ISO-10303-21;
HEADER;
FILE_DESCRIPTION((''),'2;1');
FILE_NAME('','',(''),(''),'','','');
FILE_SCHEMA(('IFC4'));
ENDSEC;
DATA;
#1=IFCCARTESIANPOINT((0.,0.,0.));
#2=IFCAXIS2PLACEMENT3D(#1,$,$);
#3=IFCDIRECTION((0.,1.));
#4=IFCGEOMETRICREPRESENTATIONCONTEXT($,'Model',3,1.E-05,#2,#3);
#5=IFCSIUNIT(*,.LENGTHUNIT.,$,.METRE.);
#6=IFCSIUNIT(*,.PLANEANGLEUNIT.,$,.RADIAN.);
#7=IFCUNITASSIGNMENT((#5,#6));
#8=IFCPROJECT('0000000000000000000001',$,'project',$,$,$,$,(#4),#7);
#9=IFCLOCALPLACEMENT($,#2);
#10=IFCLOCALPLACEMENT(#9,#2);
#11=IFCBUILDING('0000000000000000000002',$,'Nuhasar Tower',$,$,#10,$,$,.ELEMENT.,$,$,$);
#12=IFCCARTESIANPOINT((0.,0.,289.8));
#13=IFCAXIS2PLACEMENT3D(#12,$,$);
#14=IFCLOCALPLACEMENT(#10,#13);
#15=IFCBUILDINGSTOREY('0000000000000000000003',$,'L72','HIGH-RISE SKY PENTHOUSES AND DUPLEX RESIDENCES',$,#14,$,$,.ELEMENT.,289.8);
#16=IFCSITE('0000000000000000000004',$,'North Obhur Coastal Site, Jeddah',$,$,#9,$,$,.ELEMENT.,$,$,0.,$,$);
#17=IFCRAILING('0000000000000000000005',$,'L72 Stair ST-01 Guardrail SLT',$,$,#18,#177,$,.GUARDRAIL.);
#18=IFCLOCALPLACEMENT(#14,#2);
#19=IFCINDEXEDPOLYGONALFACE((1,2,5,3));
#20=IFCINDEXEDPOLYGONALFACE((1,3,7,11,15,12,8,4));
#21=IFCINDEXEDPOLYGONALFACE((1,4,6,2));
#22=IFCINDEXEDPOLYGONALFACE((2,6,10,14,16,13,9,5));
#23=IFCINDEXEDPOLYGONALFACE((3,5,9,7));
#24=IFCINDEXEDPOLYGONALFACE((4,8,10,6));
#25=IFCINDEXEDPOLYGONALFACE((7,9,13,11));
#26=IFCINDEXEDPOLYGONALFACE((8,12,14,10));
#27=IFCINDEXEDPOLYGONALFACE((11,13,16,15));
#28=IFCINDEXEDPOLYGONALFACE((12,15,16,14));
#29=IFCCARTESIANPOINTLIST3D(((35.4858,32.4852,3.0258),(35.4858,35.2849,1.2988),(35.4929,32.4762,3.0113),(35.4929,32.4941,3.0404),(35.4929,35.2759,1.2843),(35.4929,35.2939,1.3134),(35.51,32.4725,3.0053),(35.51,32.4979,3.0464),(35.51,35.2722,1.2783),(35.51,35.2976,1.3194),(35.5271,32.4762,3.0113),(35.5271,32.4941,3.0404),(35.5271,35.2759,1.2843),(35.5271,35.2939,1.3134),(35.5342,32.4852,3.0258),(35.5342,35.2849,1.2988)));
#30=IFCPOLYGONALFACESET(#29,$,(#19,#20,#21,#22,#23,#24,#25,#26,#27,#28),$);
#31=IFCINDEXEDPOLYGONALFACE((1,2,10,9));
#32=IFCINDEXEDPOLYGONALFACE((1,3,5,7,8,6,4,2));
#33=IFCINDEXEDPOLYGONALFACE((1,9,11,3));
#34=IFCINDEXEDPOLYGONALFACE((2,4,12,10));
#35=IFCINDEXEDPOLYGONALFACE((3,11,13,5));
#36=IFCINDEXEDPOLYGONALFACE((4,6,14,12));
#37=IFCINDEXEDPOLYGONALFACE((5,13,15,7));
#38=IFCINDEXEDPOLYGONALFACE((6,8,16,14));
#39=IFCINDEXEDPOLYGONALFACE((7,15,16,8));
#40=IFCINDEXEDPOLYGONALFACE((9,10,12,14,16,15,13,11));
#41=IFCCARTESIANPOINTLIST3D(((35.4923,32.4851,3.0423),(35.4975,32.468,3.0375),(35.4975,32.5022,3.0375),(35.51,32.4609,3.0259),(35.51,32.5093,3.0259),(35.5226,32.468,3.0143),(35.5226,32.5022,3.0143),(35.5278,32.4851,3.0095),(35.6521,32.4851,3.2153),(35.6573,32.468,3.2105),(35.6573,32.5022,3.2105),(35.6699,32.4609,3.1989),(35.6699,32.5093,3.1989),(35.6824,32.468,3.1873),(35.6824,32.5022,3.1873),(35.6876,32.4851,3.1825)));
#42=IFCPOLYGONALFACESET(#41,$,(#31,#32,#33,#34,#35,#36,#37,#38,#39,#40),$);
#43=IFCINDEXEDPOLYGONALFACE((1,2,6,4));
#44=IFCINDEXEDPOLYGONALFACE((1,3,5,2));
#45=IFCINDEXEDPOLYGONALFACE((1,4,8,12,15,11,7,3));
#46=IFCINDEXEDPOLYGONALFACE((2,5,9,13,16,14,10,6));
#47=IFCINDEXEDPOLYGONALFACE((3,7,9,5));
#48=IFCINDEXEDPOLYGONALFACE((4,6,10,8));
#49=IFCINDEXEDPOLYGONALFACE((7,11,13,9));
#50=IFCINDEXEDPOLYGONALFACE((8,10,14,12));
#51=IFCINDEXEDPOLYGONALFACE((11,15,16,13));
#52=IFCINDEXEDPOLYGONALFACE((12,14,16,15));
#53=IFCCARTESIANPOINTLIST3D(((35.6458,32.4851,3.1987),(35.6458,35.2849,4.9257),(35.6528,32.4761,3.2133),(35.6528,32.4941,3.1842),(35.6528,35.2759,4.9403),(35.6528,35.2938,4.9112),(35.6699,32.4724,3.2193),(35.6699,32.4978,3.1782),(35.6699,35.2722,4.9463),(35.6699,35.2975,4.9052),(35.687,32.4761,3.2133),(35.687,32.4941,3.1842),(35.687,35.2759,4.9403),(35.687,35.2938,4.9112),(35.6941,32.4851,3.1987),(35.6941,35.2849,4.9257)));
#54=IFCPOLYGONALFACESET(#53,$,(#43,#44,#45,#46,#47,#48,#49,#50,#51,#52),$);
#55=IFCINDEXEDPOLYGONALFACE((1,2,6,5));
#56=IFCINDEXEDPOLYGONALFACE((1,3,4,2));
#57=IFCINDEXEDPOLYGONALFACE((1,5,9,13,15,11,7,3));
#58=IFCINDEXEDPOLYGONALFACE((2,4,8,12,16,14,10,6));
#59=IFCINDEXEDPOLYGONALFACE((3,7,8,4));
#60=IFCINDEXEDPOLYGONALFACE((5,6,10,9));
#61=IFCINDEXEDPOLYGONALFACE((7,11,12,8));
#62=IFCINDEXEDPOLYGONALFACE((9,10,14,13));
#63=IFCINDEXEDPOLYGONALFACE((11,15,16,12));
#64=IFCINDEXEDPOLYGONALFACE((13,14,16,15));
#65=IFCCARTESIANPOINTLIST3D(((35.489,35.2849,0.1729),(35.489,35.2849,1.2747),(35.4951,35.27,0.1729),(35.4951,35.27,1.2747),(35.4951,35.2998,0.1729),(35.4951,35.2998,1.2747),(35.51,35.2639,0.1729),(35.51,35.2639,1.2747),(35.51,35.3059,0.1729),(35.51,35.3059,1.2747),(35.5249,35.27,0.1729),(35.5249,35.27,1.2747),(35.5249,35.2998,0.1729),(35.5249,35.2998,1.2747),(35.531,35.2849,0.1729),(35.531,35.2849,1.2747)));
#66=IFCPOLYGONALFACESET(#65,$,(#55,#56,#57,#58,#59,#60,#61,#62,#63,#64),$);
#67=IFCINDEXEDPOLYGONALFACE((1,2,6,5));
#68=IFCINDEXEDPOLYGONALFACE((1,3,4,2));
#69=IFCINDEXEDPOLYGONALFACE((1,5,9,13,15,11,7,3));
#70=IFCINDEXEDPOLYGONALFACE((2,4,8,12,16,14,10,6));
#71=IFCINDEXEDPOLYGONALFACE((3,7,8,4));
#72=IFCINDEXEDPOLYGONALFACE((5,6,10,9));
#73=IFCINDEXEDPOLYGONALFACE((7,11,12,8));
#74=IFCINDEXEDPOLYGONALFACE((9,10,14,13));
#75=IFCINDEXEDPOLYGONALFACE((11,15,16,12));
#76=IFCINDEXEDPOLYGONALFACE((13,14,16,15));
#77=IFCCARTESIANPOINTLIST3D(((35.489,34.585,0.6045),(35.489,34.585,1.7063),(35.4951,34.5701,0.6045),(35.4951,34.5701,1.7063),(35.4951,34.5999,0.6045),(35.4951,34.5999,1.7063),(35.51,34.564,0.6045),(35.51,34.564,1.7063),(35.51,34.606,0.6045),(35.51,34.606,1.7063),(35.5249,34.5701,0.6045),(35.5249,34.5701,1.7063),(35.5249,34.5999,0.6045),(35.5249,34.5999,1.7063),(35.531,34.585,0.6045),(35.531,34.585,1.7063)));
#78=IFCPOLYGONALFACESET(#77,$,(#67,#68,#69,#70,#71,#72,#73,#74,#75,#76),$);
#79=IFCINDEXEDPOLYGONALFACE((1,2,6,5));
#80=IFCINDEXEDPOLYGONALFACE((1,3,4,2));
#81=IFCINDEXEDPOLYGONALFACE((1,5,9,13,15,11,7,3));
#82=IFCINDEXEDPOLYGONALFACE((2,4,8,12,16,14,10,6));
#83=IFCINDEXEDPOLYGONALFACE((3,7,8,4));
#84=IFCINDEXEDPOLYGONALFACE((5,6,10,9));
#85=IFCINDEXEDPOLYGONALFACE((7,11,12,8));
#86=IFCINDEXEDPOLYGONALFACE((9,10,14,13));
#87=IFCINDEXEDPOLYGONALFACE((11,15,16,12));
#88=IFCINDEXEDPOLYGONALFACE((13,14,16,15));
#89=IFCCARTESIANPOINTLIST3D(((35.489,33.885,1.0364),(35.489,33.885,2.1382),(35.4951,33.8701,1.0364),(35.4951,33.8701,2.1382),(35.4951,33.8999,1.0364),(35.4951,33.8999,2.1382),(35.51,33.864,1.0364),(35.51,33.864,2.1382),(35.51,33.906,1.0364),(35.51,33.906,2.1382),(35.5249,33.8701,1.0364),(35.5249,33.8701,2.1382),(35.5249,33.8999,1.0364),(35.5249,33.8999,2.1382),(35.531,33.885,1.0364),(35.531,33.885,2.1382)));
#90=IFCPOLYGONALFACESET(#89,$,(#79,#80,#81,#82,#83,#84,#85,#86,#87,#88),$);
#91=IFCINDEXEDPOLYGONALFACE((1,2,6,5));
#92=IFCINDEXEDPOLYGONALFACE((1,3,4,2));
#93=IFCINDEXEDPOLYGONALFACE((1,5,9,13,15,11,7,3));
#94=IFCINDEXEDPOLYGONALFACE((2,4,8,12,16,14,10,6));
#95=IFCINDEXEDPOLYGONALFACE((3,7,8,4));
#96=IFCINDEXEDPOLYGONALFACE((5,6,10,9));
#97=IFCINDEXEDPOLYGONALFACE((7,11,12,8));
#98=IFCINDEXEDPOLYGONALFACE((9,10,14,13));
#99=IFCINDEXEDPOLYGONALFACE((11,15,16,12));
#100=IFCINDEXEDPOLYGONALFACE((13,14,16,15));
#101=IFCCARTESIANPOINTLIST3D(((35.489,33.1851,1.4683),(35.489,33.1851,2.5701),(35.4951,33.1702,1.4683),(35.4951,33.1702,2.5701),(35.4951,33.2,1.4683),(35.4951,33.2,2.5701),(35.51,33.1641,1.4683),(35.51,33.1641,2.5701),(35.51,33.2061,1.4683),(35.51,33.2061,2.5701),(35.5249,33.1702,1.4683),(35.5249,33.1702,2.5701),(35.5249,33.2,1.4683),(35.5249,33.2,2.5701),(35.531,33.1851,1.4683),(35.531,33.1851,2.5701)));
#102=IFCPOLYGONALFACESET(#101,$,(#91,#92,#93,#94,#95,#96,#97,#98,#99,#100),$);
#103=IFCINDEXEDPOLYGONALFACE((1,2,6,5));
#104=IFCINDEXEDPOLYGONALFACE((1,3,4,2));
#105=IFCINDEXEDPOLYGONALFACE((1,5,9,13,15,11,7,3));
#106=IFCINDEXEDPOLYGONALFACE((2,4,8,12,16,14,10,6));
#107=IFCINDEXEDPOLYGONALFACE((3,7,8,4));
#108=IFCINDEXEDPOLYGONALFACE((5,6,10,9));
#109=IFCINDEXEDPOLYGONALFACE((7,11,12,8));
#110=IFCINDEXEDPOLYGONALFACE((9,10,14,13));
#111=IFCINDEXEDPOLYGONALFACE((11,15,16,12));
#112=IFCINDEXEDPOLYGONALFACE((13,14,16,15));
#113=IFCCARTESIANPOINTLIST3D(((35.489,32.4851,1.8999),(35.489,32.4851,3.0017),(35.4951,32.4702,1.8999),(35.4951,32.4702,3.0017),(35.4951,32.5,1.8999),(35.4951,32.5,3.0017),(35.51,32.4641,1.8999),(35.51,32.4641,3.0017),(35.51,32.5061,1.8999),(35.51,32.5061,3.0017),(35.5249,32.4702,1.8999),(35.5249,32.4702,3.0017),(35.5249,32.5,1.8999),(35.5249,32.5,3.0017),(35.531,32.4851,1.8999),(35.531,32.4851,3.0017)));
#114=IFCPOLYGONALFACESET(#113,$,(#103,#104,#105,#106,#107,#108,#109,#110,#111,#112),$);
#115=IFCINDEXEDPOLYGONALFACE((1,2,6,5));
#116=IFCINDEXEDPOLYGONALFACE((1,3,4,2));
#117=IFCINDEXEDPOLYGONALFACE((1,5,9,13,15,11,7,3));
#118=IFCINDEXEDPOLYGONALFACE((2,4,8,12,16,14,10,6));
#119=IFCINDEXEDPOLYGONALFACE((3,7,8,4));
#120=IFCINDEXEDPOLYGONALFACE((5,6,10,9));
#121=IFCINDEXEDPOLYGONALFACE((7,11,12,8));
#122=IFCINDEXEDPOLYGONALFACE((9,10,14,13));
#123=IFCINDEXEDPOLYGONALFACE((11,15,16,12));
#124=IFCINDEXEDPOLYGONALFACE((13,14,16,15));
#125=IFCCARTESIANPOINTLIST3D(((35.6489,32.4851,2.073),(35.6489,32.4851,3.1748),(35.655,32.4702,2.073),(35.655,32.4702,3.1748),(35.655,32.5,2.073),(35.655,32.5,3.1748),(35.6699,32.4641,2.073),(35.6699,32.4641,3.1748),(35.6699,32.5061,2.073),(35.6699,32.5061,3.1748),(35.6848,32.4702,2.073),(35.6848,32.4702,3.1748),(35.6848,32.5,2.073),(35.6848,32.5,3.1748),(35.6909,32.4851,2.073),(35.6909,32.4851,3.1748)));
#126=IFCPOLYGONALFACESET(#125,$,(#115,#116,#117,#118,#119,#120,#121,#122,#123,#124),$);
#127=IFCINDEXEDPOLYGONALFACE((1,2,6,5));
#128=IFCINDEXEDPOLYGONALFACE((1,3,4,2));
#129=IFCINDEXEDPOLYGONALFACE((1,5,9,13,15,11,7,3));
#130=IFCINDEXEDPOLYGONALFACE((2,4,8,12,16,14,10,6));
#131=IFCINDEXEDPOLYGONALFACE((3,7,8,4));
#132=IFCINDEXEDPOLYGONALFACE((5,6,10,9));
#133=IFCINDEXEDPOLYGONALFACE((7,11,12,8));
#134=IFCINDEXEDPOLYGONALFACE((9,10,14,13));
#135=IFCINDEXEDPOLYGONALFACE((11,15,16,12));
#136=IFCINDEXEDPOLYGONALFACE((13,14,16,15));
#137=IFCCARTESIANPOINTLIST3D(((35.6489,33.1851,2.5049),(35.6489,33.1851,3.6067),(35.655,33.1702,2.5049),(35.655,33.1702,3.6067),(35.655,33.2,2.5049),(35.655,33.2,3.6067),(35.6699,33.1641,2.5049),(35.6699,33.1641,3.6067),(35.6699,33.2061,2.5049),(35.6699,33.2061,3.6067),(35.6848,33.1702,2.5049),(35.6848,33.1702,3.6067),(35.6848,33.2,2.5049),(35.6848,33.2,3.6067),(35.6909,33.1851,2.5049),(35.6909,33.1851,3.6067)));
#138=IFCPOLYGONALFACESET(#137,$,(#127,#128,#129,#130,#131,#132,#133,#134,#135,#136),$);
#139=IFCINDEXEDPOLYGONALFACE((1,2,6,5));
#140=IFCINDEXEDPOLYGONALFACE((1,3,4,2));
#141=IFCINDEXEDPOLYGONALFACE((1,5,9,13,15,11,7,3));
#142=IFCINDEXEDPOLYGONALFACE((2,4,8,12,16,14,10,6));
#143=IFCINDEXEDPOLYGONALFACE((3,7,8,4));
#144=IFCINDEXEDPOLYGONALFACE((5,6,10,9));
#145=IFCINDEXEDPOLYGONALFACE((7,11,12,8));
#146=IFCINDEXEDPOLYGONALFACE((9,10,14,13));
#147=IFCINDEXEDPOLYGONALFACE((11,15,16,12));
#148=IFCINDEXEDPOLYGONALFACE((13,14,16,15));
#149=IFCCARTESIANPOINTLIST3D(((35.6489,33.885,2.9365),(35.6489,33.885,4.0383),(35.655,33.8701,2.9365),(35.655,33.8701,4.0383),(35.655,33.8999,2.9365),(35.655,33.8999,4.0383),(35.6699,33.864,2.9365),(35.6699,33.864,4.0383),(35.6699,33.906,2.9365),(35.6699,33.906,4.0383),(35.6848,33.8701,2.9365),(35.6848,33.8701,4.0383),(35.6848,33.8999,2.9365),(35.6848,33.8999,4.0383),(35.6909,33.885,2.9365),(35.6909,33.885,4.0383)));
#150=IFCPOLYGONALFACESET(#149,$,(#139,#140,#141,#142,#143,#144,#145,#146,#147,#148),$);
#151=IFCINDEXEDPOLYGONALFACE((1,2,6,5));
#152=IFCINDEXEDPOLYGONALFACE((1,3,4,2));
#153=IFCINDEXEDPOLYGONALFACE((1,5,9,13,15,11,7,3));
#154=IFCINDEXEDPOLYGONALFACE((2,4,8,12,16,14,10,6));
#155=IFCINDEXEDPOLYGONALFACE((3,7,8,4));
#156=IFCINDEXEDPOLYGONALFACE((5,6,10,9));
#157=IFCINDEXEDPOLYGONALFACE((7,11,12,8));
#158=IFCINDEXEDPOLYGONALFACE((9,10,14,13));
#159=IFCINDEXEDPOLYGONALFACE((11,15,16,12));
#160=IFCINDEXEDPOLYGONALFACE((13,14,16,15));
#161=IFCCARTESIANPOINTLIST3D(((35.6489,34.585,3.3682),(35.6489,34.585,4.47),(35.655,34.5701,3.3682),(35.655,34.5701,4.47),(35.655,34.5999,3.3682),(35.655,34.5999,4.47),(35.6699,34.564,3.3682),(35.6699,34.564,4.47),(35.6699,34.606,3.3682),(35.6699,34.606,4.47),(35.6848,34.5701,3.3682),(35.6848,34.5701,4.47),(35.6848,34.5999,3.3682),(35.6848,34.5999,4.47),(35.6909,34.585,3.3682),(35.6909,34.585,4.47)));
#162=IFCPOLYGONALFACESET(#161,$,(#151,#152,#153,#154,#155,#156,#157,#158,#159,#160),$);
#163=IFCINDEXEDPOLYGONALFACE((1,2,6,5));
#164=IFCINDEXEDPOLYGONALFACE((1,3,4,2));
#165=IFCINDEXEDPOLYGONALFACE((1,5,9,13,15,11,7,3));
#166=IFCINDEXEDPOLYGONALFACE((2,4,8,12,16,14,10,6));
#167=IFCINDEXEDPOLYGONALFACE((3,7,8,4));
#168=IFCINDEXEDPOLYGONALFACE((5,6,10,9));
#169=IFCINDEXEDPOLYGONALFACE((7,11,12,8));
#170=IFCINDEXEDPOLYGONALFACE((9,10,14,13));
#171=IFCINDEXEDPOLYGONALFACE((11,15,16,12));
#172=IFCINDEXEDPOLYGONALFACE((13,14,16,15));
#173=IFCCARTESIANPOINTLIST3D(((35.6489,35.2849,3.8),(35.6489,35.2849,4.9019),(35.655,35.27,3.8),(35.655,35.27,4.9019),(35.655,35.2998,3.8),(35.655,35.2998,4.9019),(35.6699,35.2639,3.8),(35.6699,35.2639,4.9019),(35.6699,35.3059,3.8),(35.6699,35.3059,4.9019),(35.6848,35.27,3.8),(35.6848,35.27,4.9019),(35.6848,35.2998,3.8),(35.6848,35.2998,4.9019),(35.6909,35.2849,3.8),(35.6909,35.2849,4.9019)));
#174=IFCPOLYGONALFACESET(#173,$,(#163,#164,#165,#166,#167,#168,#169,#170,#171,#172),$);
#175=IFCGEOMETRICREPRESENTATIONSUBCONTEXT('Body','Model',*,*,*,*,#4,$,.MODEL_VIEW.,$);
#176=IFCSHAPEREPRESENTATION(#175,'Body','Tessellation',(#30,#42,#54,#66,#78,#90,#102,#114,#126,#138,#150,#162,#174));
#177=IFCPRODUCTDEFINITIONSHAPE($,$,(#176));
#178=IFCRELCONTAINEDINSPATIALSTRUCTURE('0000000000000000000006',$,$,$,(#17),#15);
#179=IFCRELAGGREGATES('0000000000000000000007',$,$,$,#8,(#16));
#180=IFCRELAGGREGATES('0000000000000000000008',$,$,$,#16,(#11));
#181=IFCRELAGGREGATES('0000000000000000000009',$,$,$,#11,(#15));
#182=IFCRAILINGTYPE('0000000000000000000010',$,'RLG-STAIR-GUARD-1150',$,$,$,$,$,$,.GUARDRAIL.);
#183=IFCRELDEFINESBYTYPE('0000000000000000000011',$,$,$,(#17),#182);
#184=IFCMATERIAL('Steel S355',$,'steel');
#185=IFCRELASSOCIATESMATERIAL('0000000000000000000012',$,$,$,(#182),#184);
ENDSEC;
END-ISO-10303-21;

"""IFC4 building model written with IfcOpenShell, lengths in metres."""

from ifc_helpers import new_model, si_unit, direction, frame, origin, place, context, subcontext, project, spatial, polyline, outline, extrude, material, type_object, element, save


model = new_model("IFC4")

# Units and contexts
model_context = context("Model", 3, precision=1e-05, world=origin(), true_north=direction((0.0, 1.0)))
body_context = subcontext(model_context, "Body", "Model", "MODEL_VIEW")
ifc_project = project(units=[si_unit("LENGTHUNIT", "METRE"), si_unit("PLANEANGLEUNIT", "RADIAN")], contexts=[model_context])

# Site, building, storey
site_placement = place(None, origin())
site = spatial("IfcSite", under=ifc_project, at=site_placement, Name="North Obhur Coastal Site, Jeddah", CompositionType="ELEMENT", RefElevation=0.0)
building_placement = place(site_placement, origin())
building = spatial("IfcBuilding", under=site, at=building_placement, Name="Nuhasar Tower", CompositionType="ELEMENT")
storey_placement = place(building_placement, frame((0.0, 0.0, 289.8)))
storey = spatial("IfcBuildingStorey", under=building, at=storey_placement, Name="L72", Description="HIGH-RISE SKY PENTHOUSES AND DUPLEX RESIDENCES", CompositionType="ELEMENT", Elevation=289.8)

# Shared definitions
ifc_material_1 = material(Name="Steel S355", Category="steel")

# Railing
railing_type_1 = type_object("IfcRailingType", Name="RLG-STAIR-GUARD-1150", PredefinedType="GUARDRAIL", material=ifc_material_1)
railing_1_placement = place(storey_placement, frame((35.51, 35.2849, 0.1729)))
element("IfcRailing", 1, at=railing_1_placement, inside=storey, type_object=railing_type_1, Name="L72 Stair ST-01 Guardrail SLT", PredefinedType="GUARDRAIL", context=body_context, shape_type="SweptSolid", body=[
    extrude(outline(polyline([(0.0242, 0.0), (0.0171, 0.0171), (0.0, 0.0242), (-0.0171, 0.0171), (-0.0242, 0.0), (-0.0171, -0.0171), (0.0, -0.0242), (0.0171, -0.0171), (0.0242, 0.0)])), frame((0.0, 0.0, 1.126), z_axis=(0.0, -0.851102, 0.525), x_axis=(1.0, 0.0, 0.0)), (0.0, 0.0, 1.0), 3.2896),
    extrude(outline(polyline([(0.0242, 0.0), (0.0171, 0.0171), (0.0, 0.0242), (-0.0171, 0.0171), (-0.0242, 0.0), (-0.0171, -0.0171), (0.0, -0.0242), (0.0171, -0.0171), (0.0242, 0.0)])), frame((0.0, -2.7998, 2.853), z_axis=(0.678581, 0.0, 0.734525), x_axis=(0.0, 1.0, 0.0)), (0.0, 0.0, 1.0), 0.2356),
    extrude(outline(polyline([(0.0242, 0.0), (0.0171, 0.0171), (0.0, 0.0242), (-0.0171, 0.0171), (-0.0242, 0.0), (-0.0171, -0.0171), (0.0, -0.0242), (0.0171, -0.0171), (0.0242, 0.0)])), frame((0.1599, -2.7998, 3.0259), z_axis=(0.0, 0.851102, 0.525), x_axis=(-1.0, 0.0, 0.0)), (0.0, 0.0, 1.0), 3.2896),
    extrude(outline(polyline([(0.021, 0.0), (0.0149, 0.0149), (0.0, 0.021), (-0.0149, 0.0149), (-0.021, 0.0), (-0.0149, -0.0149), (0.0, -0.021), (0.0149, -0.0149), (0.021, 0.0)])), origin(), (0.0, 0.0, 1.0), 1.1018),
    extrude(outline(polyline([(0.021, 0.0), (0.0149, 0.0149), (0.0, 0.021), (-0.0149, 0.0149), (-0.021, 0.0), (-0.0149, -0.0149), (0.0, -0.021), (0.0149, -0.0149), (0.021, 0.0)])), frame((0.0, -0.7, 0.4316)), (0.0, 0.0, 1.0), 1.1018),
    extrude(outline(polyline([(0.021, 0.0), (0.0149, 0.0149), (0.0, 0.021), (-0.0149, 0.0149), (-0.021, 0.0), (-0.0149, -0.0149), (0.0, -0.021), (0.0149, -0.0149), (0.021, 0.0)])), frame((0.0, -1.3999, 0.8635)), (0.0, 0.0, 1.0), 1.1018),
    extrude(outline(polyline([(0.021, 0.0), (0.0149, 0.0149), (0.0, 0.021), (-0.0149, 0.0149), (-0.021, 0.0), (-0.0149, -0.0149), (0.0, -0.021), (0.0149, -0.0149), (0.021, 0.0)])), frame((0.0, -2.0999, 1.2954)), (0.0, 0.0, 1.0), 1.1018),
    extrude(outline(polyline([(0.021, 0.0), (0.0149, 0.0149), (0.0, 0.021), (-0.0149, 0.0149), (-0.021, 0.0), (-0.0149, -0.0149), (0.0, -0.021), (0.0149, -0.0149), (0.021, 0.0)])), frame((0.0, -2.7998, 1.7271)), (0.0, 0.0, 1.0), 1.1018),
    extrude(outline(polyline([(0.021, 0.0), (0.0149, 0.0149), (0.0, 0.021), (-0.0149, 0.0149), (-0.021, 0.0), (-0.0149, -0.0149), (0.0, -0.021), (0.0149, -0.0149), (0.021, 0.0)])), frame((0.1599, -2.7998, 1.9001)), (0.0, 0.0, 1.0), 1.1018),
    extrude(outline(polyline([(0.021, 0.0), (0.0149, 0.0149), (0.0, 0.021), (-0.0149, 0.0149), (-0.021, 0.0), (-0.0149, -0.0149), (0.0, -0.021), (0.0149, -0.0149), (0.021, 0.0)])), frame((0.1599, -2.0999, 2.332)), (0.0, 0.0, 1.0), 1.1018),
    extrude(outline(polyline([(0.021, 0.0), (0.0149, 0.0149), (0.0, 0.021), (-0.0149, 0.0149), (-0.021, 0.0), (-0.0149, -0.0149), (0.0, -0.021), (0.0149, -0.0149), (0.021, 0.0)])), frame((0.1599, -1.3999, 2.7637)), (0.0, 0.0, 1.0), 1.1018),
    extrude(outline(polyline([(0.021, 0.0), (0.0149, 0.0149), (0.0, 0.021), (-0.0149, 0.0149), (-0.021, 0.0), (-0.0149, -0.0149), (0.0, -0.021), (0.0149, -0.0149), (0.021, 0.0)])), frame((0.1599, -0.7, 3.1953)), (0.0, 0.0, 1.0), 1.1018),
    extrude(outline(polyline([(0.021, 0.0), (0.0149, 0.0149), (0.0, 0.021), (-0.0149, 0.0149), (-0.021, 0.0), (-0.0149, -0.0149), (0.0, -0.021), (0.0149, -0.0149), (0.021, 0.0)])), frame((0.1599, 0.0, 3.6272)), (0.0, 0.0, 1.0), 1.1018),
])

save(model, "model.ifc")
